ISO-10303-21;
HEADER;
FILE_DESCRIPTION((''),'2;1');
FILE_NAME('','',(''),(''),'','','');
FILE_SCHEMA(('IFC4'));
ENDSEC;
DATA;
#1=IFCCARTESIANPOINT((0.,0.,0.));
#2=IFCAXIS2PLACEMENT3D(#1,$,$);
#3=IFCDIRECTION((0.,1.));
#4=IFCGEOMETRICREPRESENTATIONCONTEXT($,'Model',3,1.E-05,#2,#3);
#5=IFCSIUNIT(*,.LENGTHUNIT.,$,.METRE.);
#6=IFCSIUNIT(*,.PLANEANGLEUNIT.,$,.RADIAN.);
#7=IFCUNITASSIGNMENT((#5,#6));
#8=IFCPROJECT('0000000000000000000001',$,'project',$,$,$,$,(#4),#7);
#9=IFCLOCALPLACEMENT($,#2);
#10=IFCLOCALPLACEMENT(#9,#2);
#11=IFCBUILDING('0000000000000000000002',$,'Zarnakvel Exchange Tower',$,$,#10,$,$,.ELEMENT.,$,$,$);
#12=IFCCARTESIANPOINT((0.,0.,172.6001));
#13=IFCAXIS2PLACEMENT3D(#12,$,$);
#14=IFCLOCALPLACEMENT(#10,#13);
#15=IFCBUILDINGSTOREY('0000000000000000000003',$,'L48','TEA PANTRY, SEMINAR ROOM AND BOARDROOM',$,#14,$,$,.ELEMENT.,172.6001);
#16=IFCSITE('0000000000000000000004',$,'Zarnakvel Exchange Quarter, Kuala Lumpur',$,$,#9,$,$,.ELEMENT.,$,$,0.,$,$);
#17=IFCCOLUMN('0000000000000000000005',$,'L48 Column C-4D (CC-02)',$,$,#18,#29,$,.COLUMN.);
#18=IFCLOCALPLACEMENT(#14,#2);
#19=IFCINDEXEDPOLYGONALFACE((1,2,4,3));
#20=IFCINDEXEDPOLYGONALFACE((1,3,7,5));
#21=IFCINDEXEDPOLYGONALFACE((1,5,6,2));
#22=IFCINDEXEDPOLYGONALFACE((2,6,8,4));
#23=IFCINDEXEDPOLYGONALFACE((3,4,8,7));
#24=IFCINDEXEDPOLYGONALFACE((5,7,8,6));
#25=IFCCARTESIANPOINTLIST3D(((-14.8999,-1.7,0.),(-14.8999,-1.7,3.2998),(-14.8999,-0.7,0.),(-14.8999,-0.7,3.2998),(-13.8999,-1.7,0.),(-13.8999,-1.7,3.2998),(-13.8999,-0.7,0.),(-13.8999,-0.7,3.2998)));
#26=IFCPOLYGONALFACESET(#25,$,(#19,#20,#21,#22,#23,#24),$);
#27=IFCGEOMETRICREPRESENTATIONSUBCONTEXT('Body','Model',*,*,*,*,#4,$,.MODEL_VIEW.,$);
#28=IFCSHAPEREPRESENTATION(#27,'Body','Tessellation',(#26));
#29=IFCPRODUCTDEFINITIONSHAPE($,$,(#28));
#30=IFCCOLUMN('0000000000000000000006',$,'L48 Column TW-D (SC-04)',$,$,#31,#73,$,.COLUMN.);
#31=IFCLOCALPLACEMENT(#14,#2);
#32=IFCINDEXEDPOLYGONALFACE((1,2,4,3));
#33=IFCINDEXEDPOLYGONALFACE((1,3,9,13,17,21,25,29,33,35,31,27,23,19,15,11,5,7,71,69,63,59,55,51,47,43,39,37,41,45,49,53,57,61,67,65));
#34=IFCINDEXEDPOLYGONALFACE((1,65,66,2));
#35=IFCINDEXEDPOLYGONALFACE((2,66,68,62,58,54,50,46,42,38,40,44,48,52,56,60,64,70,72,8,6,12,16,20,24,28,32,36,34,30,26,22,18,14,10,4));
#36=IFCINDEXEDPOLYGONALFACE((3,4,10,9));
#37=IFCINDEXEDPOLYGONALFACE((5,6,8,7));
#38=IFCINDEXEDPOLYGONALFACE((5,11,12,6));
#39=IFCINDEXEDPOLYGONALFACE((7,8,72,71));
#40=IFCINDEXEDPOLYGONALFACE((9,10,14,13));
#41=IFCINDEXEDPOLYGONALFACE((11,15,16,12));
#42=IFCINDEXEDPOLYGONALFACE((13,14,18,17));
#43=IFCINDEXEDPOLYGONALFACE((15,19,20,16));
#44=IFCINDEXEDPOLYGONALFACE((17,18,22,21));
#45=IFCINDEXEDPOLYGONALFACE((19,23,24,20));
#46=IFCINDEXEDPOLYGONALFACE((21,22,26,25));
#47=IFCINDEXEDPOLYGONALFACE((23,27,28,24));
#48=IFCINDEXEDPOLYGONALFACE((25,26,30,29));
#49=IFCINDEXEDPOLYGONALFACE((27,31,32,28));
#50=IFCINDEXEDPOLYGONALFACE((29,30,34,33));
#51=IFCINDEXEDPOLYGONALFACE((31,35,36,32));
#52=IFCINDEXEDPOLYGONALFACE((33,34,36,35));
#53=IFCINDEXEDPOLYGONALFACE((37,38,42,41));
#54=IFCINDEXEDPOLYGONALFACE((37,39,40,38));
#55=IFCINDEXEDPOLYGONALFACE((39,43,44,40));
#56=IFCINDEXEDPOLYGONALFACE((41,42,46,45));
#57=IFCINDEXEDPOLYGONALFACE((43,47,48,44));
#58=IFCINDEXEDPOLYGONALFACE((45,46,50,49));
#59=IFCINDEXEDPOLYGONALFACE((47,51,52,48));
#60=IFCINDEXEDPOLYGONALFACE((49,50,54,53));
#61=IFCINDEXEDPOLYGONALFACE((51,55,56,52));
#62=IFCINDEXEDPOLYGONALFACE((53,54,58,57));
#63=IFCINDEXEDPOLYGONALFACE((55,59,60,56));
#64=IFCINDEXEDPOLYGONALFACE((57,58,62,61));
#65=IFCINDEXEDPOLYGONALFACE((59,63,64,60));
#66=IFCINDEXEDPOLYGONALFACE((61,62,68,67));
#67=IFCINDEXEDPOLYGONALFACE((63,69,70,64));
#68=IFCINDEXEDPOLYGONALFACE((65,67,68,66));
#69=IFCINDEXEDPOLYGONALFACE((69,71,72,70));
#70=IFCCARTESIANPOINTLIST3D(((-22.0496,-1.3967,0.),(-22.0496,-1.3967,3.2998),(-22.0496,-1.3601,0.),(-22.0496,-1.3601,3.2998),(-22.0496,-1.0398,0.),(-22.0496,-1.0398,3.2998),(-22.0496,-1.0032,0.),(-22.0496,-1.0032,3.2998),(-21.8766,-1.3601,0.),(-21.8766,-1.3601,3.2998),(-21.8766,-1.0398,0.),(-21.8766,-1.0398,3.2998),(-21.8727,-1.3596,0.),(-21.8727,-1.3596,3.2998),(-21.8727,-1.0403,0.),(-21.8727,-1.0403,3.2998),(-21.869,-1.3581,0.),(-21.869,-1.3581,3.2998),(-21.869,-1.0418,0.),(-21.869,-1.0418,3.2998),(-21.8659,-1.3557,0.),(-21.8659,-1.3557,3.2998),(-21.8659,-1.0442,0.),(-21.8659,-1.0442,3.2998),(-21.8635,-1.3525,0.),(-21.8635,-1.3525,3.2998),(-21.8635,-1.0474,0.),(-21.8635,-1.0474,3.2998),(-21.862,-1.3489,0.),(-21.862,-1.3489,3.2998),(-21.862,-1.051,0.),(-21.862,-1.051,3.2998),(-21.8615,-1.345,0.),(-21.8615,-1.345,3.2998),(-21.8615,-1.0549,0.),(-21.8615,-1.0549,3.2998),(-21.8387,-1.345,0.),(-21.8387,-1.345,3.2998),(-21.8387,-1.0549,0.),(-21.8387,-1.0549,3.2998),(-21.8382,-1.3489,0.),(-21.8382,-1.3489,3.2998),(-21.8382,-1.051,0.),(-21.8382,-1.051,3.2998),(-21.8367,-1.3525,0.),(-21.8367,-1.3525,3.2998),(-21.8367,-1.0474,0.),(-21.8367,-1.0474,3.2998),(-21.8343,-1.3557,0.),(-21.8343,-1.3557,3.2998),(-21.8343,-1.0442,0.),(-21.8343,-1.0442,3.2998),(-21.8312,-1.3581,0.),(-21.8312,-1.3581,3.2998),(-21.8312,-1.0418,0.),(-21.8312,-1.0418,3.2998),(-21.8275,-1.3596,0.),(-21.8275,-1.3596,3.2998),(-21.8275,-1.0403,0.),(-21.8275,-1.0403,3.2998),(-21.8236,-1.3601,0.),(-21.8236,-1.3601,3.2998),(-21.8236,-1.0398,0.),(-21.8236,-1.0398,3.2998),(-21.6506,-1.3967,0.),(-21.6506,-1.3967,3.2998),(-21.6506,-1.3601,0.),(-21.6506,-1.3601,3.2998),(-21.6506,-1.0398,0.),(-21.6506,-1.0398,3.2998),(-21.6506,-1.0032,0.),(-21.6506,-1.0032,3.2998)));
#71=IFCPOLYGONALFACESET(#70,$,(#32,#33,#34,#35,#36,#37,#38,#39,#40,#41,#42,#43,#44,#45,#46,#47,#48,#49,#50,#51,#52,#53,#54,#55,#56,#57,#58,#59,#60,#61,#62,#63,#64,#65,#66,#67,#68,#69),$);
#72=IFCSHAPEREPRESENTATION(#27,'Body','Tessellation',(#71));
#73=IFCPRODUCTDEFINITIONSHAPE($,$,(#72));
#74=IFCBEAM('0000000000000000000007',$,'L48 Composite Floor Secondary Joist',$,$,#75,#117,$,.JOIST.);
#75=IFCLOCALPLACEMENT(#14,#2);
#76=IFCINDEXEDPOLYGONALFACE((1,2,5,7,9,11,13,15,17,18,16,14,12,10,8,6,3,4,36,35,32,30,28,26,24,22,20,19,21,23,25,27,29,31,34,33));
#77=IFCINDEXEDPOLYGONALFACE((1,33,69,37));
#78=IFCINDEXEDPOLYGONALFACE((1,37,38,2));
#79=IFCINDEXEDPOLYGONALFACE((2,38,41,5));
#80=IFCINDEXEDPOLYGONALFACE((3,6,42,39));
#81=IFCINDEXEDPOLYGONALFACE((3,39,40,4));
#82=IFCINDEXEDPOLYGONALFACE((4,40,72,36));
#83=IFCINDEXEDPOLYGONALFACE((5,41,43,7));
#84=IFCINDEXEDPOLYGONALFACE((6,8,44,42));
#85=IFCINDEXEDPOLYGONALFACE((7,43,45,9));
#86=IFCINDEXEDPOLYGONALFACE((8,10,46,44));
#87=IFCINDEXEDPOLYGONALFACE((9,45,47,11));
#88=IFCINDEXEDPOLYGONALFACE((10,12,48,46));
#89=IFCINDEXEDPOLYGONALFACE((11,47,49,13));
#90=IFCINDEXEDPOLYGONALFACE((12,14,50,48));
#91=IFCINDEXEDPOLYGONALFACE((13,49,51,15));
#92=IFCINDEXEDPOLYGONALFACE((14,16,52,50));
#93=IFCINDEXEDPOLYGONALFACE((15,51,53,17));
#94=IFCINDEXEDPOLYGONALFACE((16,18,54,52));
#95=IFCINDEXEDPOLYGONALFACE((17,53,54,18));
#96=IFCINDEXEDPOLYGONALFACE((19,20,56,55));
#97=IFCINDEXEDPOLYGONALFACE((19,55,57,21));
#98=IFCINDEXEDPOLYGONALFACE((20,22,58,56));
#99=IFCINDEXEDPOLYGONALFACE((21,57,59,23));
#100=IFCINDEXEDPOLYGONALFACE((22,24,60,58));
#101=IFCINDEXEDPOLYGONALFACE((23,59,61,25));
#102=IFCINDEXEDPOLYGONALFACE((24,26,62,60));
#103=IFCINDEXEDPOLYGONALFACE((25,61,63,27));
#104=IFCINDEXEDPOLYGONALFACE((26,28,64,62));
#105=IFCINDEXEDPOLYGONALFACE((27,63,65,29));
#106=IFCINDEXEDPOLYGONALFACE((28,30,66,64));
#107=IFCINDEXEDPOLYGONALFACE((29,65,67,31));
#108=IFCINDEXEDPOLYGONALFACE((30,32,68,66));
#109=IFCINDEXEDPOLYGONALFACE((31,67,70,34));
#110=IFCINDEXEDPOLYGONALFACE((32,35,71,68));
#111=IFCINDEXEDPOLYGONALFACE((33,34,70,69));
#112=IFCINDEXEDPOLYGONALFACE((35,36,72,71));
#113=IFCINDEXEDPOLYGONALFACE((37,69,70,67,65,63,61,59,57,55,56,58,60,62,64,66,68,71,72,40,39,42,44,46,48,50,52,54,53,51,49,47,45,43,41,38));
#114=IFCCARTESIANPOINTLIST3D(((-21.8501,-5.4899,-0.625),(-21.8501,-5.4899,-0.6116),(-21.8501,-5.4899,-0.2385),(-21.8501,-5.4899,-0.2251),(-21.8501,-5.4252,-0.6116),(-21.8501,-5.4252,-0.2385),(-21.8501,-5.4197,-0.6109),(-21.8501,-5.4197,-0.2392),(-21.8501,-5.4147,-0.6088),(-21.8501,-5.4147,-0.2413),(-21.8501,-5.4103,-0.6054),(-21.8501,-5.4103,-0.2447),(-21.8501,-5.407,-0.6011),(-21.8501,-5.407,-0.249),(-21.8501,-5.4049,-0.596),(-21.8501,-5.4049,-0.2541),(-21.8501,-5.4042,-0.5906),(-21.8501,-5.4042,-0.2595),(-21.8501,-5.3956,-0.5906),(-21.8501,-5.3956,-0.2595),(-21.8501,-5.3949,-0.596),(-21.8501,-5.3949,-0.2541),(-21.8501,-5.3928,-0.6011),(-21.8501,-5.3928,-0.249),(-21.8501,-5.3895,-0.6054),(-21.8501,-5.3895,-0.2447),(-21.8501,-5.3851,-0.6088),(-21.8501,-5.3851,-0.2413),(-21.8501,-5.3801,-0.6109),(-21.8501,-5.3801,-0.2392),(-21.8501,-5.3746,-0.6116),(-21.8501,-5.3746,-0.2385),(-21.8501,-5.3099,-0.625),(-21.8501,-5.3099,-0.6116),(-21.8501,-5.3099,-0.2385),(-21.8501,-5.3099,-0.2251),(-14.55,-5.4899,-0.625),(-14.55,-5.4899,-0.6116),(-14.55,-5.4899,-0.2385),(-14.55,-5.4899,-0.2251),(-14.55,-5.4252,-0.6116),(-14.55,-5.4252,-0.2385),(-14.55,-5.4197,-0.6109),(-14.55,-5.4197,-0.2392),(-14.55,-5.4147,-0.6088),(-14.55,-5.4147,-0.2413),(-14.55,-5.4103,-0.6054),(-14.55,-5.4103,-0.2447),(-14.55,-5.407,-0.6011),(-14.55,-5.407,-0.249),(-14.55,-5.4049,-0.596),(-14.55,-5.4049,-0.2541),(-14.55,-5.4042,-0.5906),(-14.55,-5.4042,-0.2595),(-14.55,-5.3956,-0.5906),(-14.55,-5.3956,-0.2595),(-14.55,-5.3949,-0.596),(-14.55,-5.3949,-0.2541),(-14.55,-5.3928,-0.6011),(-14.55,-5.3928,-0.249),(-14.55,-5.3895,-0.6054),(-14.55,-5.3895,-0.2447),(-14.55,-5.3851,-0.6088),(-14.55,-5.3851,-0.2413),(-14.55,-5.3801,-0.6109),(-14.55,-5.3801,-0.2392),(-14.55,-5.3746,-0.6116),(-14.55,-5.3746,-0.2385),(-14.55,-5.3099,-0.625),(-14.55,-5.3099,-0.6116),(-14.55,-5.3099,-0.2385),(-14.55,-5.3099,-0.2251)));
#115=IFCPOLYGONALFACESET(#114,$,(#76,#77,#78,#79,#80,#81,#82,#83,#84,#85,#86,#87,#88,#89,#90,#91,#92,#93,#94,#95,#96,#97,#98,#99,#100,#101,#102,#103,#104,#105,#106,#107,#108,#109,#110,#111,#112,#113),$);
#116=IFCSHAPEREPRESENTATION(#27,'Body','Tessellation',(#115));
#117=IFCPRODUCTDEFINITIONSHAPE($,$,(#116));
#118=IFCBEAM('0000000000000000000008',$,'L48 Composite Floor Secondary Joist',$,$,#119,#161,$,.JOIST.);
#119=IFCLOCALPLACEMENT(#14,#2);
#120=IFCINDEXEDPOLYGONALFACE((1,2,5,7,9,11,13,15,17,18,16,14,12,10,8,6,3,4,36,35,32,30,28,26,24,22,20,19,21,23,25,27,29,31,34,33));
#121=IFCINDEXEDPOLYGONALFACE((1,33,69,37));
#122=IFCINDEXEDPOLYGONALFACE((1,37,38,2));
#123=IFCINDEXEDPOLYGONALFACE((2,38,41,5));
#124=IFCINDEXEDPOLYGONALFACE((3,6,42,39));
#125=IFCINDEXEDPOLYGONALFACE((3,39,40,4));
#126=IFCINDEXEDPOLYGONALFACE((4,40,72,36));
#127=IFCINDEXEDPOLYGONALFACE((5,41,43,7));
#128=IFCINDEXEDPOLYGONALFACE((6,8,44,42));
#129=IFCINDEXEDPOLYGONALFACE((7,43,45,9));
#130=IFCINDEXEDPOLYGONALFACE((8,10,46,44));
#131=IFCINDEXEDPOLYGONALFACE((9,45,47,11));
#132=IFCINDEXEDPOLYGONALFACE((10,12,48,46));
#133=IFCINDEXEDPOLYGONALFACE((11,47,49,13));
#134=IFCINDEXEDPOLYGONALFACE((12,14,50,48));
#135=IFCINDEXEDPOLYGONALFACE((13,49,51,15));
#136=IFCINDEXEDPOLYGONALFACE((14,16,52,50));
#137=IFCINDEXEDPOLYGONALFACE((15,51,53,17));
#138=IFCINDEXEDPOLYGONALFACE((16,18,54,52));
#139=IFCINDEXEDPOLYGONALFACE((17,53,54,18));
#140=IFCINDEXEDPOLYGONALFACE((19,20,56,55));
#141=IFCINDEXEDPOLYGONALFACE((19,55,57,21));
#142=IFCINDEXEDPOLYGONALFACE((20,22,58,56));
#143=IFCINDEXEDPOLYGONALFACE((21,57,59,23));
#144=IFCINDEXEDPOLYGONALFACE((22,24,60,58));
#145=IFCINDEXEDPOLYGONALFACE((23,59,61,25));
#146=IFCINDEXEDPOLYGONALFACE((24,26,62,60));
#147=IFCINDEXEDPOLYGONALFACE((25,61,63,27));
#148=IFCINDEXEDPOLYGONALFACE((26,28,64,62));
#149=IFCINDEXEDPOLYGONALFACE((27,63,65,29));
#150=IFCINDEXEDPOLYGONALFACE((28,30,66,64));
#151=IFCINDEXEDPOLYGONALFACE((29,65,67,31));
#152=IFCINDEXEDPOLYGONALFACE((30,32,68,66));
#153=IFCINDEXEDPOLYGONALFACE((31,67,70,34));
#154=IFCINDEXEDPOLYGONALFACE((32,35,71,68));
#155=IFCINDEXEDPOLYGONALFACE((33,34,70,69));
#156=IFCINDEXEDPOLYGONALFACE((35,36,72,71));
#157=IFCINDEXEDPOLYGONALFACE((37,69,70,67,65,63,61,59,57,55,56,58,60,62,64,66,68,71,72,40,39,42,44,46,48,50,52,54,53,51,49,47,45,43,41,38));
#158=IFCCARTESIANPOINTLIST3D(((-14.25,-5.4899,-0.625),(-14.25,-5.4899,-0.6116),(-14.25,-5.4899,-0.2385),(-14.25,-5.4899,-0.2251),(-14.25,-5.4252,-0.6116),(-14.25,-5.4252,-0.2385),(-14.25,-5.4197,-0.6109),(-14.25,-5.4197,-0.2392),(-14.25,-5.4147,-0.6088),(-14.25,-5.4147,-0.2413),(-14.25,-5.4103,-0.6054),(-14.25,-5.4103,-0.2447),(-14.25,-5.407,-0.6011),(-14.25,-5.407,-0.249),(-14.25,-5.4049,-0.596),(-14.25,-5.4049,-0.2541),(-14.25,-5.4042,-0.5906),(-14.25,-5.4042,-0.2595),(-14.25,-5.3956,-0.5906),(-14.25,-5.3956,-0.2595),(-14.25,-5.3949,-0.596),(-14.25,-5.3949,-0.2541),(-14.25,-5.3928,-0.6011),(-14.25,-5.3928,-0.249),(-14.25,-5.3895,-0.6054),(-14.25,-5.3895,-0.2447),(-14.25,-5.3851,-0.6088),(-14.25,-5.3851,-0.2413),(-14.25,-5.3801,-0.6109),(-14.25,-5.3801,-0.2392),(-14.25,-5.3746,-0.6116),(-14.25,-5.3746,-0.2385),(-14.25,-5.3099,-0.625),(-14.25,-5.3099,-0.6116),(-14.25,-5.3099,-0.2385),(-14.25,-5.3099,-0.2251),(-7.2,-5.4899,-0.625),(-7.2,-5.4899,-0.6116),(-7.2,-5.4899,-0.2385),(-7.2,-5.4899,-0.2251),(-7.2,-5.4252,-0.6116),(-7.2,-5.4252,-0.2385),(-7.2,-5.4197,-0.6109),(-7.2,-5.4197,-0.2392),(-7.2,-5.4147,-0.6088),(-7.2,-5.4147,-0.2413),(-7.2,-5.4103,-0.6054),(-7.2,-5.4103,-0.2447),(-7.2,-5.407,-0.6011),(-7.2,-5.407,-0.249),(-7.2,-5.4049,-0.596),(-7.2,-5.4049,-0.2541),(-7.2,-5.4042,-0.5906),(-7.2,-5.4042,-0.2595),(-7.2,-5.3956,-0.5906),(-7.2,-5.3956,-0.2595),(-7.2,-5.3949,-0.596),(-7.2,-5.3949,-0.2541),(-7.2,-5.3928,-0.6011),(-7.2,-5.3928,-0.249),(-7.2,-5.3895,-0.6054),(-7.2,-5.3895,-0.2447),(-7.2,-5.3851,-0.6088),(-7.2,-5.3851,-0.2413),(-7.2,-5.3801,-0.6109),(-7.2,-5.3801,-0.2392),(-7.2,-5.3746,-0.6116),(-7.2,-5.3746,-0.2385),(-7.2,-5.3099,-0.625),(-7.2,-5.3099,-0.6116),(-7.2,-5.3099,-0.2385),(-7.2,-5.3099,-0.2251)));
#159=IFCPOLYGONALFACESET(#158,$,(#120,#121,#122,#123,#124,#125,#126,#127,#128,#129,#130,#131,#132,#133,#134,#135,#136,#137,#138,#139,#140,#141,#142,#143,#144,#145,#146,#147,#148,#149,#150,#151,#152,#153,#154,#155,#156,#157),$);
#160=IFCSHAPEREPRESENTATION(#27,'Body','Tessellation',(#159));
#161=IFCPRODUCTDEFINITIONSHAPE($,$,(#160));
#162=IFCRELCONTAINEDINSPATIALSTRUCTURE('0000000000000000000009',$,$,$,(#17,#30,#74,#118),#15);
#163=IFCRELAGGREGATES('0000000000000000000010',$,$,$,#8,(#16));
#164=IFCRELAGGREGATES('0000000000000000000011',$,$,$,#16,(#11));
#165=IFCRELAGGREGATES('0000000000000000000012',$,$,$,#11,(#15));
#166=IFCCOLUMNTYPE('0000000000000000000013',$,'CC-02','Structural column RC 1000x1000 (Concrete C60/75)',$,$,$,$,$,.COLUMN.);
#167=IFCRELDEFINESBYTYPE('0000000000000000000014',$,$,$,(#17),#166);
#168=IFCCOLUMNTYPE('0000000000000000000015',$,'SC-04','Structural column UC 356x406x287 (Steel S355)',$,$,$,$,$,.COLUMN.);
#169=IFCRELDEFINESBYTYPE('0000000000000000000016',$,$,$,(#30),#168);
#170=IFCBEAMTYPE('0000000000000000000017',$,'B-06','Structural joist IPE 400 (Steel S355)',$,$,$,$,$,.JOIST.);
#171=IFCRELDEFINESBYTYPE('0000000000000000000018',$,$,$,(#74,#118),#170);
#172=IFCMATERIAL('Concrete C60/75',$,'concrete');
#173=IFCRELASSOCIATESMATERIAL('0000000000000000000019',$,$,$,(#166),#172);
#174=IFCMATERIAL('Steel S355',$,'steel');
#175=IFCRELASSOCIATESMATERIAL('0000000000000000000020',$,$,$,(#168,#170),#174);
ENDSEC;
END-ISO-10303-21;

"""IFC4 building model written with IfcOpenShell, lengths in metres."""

from ifc_helpers import new_model, si_unit, direction, frame, origin, origin_2d, place, context, subcontext, project, spatial, rectangle, i_section, extrude, material, material_profile, profile_set, type_object, element, save


model = new_model("IFC4")

# Units and contexts
model_context = context("Model", 3, precision=1e-05, world=origin(), true_north=direction((0.0, 1.0)))
body_context = subcontext(model_context, "Body", "Model", "MODEL_VIEW")
ifc_project = project(units=[si_unit("LENGTHUNIT", "METRE"), si_unit("PLANEANGLEUNIT", "RADIAN")], contexts=[model_context])

# Site, building, storey
site_placement = place(None, origin())
site = spatial("IfcSite", under=ifc_project, at=site_placement, Name="Zarnakvel Exchange Quarter, Kuala Lumpur", CompositionType="ELEMENT", RefElevation=0.0)
building_placement = place(site_placement, origin())
building = spatial("IfcBuilding", under=site, at=building_placement, Name="Zarnakvel Exchange Tower", CompositionType="ELEMENT")
storey_placement = place(building_placement, frame((0.0, 0.0, 172.6001)))
storey = spatial("IfcBuildingStorey", under=building, at=storey_placement, Name="L48", Description="TEA PANTRY, SEMINAR ROOM AND BOARDROOM", CompositionType="ELEMENT", Elevation=172.6001)

# Columns
ifc_material_1 = material(Name="Concrete C60/75", Category="concrete")
ifc_material_profile_1 = material_profile(ifc_material_1, rectangle(XDim=1.0, YDim=1.0, at=origin_2d()))
ifc_profile_set_1 = profile_set([ifc_material_profile_1], Name="Concrete C60/75")
column_type_1 = type_object("IfcColumnType", Name="CC-02", Description="Structural column RC 1000x1000 (Concrete C60/75)", PredefinedType="COLUMN", material=ifc_profile_set_1)
column_1_placement = place(storey_placement, frame((-14.3999, -1.2, 0.0), z_axis=(0.0, 0.0, 1.0), x_axis=(1.0, 0.0, 0.0)))
element("IfcColumn", 1, at=column_1_placement, inside=storey, type_object=column_type_1, Name="L48 Column C-4D (CC-02)", PredefinedType="COLUMN", context=body_context, shape_type="SweptSolid", body=[
    extrude(rectangle(XDim=1.0, YDim=1.0, at=origin_2d()), origin(), (0.0, 0.0, 1.0), 3.2998),
])
ifc_material_2 = material(Name="Steel S355", Category="steel")
ifc_material_profile_2 = material_profile(ifc_material_2, i_section(OverallWidth=0.3989, OverallDepth=0.3936, WebThickness=0.0227, FlangeThickness=0.0366, FilletRadius=0.0151, at=origin_2d()))
ifc_profile_set_2 = profile_set([ifc_material_profile_2], Name="Steel S355")
column_type_2 = type_object("IfcColumnType", Name="SC-04", Description="Structural column UC 356x406x287 (Steel S355)", PredefinedType="COLUMN", material=ifc_profile_set_2)
column_2_placement = place(storey_placement, frame((-21.8501, -1.2, 0.0), z_axis=(0.0, 0.0, 1.0), x_axis=(1.0, 0.0, 0.0)))
element("IfcColumn", 2, at=column_2_placement, inside=storey, type_object=column_type_2, Name="L48 Column TW-D (SC-04)", PredefinedType="COLUMN", context=body_context, shape_type="SweptSolid", body=[
    extrude(i_section(OverallWidth=0.3989, OverallDepth=0.3936, WebThickness=0.0227, FlangeThickness=0.0366, FilletRadius=0.0151, at=origin_2d()), origin(), (0.0, 0.0, 1.0), 3.2998),
])

# Beams
ifc_material_profile_3 = material_profile(ifc_material_2, i_section(OverallWidth=0.1799, OverallDepth=0.3999, WebThickness=0.0085, FlangeThickness=0.0134, FilletRadius=0.021, at=origin_2d()))
ifc_profile_set_3 = profile_set([ifc_material_profile_3], Name="Steel S355")
beam_type_1 = type_object("IfcBeamType", Name="B-06", Description="Structural joist IPE 400 (Steel S355)", PredefinedType="JOIST", material=ifc_profile_set_3)
beam_1_placement = place(storey_placement, frame((-21.8501, -5.3999, -0.425), z_axis=(1.0, 0.0, 0.0), x_axis=(0.0, 1.0, 0.0)))
element("IfcBeam", 3, at=beam_1_placement, inside=storey, type_object=beam_type_1, Name="L48 Composite Floor Secondary Joist", PredefinedType="JOIST", context=body_context, shape_type="SweptSolid", body=[
    extrude(i_section(OverallWidth=0.1799, OverallDepth=0.3999, WebThickness=0.0085, FlangeThickness=0.0134, FilletRadius=0.021, at=origin_2d()), origin(), (0.0, 0.0, 1.0), 7.3),
])
beam_2_placement = place(storey_placement, frame((-14.25, -5.3999, -0.425), z_axis=(1.0, 0.0, 0.0), x_axis=(0.0, 1.0, 0.0)))
element("IfcBeam", 4, at=beam_2_placement, inside=storey, type_object=beam_type_1, Name="L48 Composite Floor Secondary Joist", PredefinedType="JOIST", context=body_context, shape_type="SweptSolid", body=[
    extrude(i_section(OverallWidth=0.1799, OverallDepth=0.3999, WebThickness=0.0085, FlangeThickness=0.0134, FilletRadius=0.021, at=origin_2d()), origin(), (0.0, 0.0, 1.0), 7.05),
])

save(model, "model.ifc")
